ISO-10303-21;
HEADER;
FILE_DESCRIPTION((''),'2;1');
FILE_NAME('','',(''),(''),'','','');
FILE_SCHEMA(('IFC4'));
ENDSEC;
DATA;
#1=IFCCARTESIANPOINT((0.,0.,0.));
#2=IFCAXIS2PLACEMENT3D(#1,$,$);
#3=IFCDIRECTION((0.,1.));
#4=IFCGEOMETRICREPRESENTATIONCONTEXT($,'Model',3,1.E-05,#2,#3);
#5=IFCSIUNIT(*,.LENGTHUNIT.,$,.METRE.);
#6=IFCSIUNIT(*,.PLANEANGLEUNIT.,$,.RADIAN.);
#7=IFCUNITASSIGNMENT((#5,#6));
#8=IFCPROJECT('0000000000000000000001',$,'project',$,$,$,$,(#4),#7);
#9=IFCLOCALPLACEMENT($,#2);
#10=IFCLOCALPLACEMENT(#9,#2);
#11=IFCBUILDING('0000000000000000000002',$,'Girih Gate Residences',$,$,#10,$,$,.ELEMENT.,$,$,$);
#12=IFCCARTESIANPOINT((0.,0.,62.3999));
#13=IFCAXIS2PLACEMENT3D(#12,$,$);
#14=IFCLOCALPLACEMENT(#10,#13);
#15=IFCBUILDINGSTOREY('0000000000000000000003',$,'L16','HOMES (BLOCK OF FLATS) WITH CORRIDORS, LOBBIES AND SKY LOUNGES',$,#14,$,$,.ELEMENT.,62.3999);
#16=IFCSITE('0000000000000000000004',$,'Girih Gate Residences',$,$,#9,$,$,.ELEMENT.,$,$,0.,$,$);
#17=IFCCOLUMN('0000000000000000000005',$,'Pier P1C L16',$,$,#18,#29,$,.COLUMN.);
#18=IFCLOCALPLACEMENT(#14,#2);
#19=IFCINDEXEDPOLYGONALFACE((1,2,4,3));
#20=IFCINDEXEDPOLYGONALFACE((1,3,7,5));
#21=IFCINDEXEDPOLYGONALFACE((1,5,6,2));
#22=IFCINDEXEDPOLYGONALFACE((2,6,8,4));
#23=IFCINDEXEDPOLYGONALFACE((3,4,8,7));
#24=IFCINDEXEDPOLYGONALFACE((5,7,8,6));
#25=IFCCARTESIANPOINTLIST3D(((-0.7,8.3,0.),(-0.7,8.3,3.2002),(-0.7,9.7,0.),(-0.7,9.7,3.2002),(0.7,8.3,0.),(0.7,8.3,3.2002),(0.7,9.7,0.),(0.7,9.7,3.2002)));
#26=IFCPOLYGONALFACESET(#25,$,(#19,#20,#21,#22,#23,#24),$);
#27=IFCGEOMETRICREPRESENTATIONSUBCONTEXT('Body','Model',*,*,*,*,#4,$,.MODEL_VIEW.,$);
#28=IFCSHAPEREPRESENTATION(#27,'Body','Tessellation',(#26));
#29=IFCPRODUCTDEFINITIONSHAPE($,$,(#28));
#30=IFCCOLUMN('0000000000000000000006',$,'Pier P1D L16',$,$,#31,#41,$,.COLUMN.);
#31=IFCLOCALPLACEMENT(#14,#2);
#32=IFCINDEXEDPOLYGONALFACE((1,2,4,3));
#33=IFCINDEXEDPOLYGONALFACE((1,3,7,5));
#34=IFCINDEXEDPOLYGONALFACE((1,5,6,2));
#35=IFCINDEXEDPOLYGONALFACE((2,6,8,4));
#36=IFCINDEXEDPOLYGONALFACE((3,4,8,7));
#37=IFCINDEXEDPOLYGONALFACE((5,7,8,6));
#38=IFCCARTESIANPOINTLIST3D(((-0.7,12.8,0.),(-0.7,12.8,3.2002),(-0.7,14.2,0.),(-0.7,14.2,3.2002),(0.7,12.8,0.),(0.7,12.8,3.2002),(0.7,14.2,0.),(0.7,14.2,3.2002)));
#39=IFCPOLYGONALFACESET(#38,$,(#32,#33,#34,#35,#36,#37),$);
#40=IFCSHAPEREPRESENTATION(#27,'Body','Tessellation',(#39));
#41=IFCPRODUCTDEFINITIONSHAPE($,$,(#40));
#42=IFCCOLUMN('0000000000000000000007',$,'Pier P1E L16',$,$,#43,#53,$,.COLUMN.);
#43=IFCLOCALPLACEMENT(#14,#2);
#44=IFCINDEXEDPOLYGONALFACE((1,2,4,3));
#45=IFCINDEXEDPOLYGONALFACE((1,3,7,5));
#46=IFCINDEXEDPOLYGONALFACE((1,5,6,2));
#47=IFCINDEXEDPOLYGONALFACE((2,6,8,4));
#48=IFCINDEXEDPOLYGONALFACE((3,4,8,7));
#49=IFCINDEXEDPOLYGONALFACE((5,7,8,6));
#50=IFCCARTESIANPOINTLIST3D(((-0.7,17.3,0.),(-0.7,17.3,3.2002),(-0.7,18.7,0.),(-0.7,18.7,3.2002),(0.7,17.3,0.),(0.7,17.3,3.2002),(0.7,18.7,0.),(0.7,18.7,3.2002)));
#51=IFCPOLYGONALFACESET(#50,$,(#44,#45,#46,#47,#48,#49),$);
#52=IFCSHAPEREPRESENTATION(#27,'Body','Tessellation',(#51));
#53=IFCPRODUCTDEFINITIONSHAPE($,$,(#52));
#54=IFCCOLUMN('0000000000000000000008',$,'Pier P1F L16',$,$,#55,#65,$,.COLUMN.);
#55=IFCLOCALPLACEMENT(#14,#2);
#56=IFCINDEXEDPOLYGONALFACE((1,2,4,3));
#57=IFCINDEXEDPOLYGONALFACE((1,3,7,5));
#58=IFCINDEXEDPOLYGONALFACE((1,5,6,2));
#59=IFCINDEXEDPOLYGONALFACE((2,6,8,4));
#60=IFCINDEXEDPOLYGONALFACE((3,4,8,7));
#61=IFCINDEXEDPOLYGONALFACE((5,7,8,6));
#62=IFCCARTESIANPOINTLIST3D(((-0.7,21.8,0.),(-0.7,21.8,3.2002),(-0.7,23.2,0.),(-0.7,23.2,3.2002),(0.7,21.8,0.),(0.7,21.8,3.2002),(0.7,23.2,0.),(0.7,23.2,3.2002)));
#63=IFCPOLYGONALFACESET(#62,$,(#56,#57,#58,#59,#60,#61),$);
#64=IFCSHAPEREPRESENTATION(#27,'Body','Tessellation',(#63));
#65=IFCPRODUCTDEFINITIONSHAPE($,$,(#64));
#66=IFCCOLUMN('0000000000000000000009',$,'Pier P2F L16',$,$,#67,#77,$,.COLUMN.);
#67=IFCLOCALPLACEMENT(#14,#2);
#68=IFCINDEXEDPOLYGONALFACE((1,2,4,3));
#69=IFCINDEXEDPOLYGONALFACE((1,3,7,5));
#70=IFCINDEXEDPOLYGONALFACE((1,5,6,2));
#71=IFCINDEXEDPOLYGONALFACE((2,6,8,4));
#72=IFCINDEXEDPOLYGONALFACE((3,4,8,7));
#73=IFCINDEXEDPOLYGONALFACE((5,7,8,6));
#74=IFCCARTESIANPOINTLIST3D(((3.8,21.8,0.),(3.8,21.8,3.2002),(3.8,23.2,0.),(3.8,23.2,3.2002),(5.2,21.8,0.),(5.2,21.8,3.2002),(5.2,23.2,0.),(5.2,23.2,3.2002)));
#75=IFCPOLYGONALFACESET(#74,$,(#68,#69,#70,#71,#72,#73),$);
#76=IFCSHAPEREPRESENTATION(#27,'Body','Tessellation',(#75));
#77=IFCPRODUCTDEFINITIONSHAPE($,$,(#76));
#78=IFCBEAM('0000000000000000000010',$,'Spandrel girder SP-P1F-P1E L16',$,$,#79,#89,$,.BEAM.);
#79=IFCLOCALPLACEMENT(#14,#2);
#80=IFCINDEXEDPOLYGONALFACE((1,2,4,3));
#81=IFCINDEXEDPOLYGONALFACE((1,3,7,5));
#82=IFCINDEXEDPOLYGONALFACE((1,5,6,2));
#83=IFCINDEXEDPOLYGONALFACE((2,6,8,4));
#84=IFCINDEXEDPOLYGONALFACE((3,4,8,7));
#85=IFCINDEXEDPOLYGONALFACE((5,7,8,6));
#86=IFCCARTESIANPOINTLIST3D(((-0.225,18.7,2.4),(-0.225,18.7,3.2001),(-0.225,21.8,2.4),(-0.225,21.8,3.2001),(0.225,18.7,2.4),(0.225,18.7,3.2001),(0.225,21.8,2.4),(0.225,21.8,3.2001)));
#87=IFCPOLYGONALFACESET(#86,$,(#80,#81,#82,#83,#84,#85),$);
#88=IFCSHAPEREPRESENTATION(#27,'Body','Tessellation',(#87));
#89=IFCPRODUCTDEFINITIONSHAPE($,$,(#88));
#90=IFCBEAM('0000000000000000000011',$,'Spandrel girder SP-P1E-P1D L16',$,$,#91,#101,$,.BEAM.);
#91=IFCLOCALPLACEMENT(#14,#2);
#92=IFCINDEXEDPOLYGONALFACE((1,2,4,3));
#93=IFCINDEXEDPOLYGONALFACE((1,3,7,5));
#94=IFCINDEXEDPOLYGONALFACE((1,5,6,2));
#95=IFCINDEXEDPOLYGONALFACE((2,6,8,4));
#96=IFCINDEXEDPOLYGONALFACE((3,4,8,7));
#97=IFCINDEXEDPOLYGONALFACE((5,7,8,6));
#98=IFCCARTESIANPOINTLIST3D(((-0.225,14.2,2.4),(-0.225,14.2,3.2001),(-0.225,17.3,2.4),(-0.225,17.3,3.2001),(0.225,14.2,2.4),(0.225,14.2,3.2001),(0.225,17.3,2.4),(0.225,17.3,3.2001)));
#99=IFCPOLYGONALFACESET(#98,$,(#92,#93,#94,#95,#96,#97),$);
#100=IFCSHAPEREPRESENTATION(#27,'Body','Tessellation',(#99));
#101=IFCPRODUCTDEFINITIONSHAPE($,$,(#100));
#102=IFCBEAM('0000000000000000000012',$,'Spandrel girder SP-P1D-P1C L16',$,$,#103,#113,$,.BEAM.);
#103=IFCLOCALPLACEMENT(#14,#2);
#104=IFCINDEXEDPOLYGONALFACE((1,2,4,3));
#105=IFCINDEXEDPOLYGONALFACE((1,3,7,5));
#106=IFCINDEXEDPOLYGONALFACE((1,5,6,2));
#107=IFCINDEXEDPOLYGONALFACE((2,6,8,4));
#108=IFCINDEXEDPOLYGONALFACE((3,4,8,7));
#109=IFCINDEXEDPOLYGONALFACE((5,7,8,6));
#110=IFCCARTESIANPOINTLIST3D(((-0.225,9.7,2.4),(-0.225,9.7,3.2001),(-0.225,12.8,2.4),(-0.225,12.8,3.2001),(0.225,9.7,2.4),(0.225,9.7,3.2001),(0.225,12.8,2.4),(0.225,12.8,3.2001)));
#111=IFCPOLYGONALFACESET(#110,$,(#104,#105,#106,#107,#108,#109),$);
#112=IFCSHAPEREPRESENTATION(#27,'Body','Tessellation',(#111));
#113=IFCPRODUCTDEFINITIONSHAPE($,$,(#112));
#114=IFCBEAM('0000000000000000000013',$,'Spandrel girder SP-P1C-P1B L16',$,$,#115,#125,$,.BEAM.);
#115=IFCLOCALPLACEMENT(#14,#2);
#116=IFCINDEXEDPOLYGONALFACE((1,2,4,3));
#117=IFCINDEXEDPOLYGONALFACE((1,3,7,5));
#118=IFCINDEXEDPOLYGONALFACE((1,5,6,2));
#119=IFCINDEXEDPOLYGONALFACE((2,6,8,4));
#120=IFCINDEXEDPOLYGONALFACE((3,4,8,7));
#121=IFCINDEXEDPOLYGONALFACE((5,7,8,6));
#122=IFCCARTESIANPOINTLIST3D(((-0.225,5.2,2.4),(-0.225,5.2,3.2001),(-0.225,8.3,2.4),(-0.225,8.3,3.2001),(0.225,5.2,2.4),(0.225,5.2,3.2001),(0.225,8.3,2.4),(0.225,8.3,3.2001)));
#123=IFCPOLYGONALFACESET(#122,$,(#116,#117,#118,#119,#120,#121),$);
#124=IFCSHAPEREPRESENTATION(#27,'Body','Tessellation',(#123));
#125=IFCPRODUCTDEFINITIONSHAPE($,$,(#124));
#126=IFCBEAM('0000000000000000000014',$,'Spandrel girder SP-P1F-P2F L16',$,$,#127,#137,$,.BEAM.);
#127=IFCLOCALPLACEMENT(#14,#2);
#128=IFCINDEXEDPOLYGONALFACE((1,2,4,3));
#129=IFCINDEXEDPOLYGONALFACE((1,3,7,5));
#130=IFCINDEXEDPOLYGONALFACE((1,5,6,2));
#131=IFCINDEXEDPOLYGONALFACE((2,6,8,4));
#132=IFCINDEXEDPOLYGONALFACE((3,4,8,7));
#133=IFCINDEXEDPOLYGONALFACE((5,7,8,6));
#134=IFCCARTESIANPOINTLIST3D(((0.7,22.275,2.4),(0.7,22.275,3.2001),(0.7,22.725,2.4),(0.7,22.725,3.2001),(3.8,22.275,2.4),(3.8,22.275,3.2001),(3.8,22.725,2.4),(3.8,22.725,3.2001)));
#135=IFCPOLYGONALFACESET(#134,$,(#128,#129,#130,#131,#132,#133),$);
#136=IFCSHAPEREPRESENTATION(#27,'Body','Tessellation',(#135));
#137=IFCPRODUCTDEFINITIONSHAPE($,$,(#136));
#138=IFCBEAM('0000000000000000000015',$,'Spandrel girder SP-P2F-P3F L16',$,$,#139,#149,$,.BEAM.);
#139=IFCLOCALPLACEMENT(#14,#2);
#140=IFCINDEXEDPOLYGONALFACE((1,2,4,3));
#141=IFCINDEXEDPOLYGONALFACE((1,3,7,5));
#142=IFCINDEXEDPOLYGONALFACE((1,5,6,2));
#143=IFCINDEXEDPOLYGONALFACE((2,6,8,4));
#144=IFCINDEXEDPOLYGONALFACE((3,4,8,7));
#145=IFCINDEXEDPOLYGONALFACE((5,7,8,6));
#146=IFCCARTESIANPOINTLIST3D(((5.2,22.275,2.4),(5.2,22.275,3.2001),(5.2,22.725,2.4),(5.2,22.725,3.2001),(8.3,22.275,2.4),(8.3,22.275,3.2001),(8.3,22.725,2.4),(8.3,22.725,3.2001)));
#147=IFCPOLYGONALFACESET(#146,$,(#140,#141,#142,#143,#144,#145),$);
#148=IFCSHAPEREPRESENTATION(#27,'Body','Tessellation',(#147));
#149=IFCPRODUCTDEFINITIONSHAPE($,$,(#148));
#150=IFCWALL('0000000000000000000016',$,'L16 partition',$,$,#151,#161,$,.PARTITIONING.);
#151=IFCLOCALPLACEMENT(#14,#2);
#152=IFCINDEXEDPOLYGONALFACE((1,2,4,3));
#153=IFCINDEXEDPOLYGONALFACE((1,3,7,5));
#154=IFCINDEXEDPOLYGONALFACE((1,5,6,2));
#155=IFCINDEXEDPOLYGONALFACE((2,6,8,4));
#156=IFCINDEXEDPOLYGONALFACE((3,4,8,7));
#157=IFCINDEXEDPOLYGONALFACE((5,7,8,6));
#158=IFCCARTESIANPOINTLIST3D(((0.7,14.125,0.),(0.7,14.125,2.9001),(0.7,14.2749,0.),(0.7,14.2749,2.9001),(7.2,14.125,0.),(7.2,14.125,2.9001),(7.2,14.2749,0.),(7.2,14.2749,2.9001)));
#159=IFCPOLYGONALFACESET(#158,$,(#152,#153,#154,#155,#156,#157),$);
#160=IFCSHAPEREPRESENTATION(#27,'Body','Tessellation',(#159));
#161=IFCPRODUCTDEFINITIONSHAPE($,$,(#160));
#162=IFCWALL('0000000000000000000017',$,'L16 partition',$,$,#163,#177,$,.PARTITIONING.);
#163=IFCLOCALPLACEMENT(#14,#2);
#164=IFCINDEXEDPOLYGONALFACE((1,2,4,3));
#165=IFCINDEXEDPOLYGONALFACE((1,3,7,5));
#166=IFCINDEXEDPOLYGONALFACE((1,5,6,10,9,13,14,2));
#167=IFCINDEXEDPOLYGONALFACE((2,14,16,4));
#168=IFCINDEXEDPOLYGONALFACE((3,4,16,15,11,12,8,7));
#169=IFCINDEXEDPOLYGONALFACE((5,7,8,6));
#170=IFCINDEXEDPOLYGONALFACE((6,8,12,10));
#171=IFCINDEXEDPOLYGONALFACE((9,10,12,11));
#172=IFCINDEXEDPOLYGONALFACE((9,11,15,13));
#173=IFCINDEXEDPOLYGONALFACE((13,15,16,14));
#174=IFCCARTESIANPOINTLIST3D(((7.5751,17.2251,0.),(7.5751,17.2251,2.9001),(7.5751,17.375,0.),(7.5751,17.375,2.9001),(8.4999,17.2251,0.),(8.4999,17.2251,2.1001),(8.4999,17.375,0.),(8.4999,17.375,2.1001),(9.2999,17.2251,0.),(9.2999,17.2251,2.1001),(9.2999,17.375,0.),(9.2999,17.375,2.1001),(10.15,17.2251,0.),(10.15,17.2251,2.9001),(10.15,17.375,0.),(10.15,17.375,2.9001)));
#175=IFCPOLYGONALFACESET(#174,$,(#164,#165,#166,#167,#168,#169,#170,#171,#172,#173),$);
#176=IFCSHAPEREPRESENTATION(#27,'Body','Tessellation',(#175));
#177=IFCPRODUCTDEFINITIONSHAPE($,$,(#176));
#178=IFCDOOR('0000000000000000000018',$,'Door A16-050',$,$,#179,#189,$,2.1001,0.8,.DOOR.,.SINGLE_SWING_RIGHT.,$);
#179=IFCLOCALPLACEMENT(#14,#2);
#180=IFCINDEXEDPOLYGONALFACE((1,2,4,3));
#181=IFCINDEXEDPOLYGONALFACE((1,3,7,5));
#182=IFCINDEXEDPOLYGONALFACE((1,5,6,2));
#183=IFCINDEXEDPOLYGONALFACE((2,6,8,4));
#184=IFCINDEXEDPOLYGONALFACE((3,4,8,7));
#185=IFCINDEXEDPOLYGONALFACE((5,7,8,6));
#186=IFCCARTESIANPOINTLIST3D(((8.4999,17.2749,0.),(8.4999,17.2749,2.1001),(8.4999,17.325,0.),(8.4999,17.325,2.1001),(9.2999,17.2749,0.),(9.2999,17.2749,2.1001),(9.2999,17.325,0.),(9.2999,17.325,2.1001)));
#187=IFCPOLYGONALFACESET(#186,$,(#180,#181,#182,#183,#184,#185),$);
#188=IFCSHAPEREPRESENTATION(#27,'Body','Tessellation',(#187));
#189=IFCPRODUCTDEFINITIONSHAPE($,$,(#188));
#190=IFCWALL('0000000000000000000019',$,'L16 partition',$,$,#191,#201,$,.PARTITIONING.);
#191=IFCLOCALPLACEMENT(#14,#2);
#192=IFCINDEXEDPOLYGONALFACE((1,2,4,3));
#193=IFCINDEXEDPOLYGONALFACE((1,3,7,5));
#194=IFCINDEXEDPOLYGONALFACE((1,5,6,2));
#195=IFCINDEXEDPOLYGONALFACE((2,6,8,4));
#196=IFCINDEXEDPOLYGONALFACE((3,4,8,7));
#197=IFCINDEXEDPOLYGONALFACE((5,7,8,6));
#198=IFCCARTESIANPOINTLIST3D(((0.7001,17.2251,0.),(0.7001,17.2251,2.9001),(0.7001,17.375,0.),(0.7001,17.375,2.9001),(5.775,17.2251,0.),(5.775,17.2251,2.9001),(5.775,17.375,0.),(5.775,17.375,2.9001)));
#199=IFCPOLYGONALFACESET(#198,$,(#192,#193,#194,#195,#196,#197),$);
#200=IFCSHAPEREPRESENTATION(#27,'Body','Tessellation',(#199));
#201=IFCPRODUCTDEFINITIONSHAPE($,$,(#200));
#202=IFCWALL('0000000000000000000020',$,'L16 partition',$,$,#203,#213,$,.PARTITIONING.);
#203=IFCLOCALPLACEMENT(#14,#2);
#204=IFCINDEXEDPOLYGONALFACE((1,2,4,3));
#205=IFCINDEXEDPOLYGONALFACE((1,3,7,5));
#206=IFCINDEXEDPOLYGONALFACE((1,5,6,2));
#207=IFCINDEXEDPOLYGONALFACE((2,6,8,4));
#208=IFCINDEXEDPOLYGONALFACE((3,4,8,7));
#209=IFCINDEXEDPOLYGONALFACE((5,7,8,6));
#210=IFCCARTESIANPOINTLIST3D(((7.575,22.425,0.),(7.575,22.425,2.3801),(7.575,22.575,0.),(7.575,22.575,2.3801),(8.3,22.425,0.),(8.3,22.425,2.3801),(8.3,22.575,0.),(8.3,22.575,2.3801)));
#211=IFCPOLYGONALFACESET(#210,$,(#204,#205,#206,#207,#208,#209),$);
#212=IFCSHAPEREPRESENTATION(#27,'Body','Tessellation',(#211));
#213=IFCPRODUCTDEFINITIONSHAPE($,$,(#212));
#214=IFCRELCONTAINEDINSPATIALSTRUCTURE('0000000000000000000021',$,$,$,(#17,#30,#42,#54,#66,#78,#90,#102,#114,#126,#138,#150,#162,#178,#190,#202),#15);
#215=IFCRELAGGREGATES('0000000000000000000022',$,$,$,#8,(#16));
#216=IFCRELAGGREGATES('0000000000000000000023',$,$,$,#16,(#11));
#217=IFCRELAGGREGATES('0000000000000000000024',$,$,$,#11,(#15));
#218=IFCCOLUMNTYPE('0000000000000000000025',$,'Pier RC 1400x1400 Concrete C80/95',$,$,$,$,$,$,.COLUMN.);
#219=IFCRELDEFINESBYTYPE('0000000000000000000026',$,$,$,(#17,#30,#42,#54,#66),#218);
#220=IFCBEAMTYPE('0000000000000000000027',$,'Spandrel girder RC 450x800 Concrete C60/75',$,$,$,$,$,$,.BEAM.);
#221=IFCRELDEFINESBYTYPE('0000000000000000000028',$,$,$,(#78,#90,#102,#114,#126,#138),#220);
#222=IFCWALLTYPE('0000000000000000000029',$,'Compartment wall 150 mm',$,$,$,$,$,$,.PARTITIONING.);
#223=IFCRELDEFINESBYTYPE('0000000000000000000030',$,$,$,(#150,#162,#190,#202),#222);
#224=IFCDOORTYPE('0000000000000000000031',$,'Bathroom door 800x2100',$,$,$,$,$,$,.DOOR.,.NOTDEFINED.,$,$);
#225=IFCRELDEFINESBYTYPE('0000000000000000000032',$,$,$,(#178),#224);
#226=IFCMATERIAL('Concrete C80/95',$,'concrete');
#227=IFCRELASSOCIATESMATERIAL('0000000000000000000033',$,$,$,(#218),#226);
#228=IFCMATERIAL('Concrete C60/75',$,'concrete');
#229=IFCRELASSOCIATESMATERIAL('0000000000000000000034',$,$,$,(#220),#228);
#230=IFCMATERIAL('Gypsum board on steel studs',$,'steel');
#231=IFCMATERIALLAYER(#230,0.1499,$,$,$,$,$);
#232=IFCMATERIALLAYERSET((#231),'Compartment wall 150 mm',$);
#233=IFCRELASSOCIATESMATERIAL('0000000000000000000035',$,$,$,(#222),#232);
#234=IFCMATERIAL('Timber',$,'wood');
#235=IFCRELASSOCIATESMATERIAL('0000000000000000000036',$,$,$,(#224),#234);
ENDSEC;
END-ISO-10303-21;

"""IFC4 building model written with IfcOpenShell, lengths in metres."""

from ifc_helpers import new_model, si_unit, direction, frame, frame_2d, origin, origin_2d, place, context, subcontext, project, spatial, rectangle, extrude, material, layer, layer_set, material_profile, profile_set, type_object, element, fill, save


model = new_model("IFC4")

# Units and contexts
model_context = context("Model", 3, precision=1e-05, world=origin(), true_north=direction((0.0, 1.0)))
body_context = subcontext(model_context, "Body", "Model", "MODEL_VIEW")
ifc_project = project(units=[si_unit("LENGTHUNIT", "METRE"), si_unit("PLANEANGLEUNIT", "RADIAN")], contexts=[model_context])

# Site, building, storey
site_placement = place(None, origin())
site = spatial("IfcSite", under=ifc_project, at=site_placement, Name="Girih Gate Residences", CompositionType="ELEMENT", RefElevation=0.0)
building_placement = place(site_placement, origin())
building = spatial("IfcBuilding", under=site, at=building_placement, Name="Girih Gate Residences", CompositionType="ELEMENT")
storey_placement = place(building_placement, frame((0.0, 0.0, 62.3999)))
storey = spatial("IfcBuildingStorey", under=building, at=storey_placement, Name="L16", Description="HOMES (BLOCK OF FLATS) WITH CORRIDORS, LOBBIES AND SKY LOUNGES", CompositionType="ELEMENT", Elevation=62.3999)

# Columns
ifc_material_1 = material(Name="Concrete C80/95", Category="concrete")
ifc_material_profile_1 = material_profile(ifc_material_1, rectangle(XDim=1.3999, YDim=1.3999, at=origin_2d()))
ifc_profile_set_1 = profile_set([ifc_material_profile_1], Name="Concrete C80/95")
column_type = type_object("IfcColumnType", Name="Pier RC 1400x1400 Concrete C80/95", PredefinedType="COLUMN", material=ifc_profile_set_1)
for number, where, z_axis, x_axis, name in (
    (1, (0.0, 9.0, 0.0), (0.0, 0.0, 1.0), (1.0, 0.0, 0.0), "Pier P1C L16"),
    (2, (0.0, 13.5, 0.0), (0.0, 0.0, 1.0), (1.0, 0.0, 0.0), "Pier P1D L16"),
    (3, (0.0, 18.0, 0.0), (0.0, 0.0, 1.0), (1.0, 0.0, 0.0), "Pier P1E L16"),
    (4, (0.0, 22.5, 0.0), (0.0, 0.0, 1.0), (1.0, 0.0, 0.0), "Pier P1F L16"),
    (5, (4.5, 22.5, 0.0), (0.0, 0.0, 1.0), (1.0, 0.0, 0.0), "Pier P2F L16"),
):
    element("IfcColumn", number, at=place(storey_placement, frame(where, z_axis=z_axis, x_axis=x_axis)), inside=storey, type_object=column_type, Name=name, PredefinedType="COLUMN", context=body_context, shape_type="SweptSolid", body=[
        extrude(rectangle(XDim=1.3999, YDim=1.3999, at=origin_2d()), origin(), (0.0, 0.0, 1.0), 3.2002),
    ])

# Beams
ifc_material_2 = material(Name="Concrete C60/75", Category="concrete")
ifc_material_profile_2 = material_profile(ifc_material_2, rectangle(XDim=0.45, YDim=0.8, at=origin_2d()))
ifc_profile_set_2 = profile_set([ifc_material_profile_2], Name="Concrete C60/75")
beam_type = type_object("IfcBeamType", Name="Spandrel girder RC 450x800 Concrete C60/75", PredefinedType="BEAM", material=ifc_profile_set_2)
for number, where, z_axis, x_axis, name in (
    (6, (0.0, 21.8, 2.8), (0.0, -1.0, 0.0), (1.0, 0.0, 0.0), "Spandrel girder SP-P1F-P1E L16"),
    (7, (0.0, 17.3, 2.8), (0.0, -1.0, 0.0), (1.0, 0.0, 0.0), "Spandrel girder SP-P1E-P1D L16"),
    (8, (0.0, 12.8, 2.8), (0.0, -1.0, 0.0), (1.0, 0.0, 0.0), "Spandrel girder SP-P1D-P1C L16"),
    (9, (0.0, 8.3, 2.8), (0.0, -1.0, 0.0), (1.0, 0.0, 0.0), "Spandrel girder SP-P1C-P1B L16"),
    (10, (0.7, 22.5, 2.8), (1.0, 0.0, 0.0), (0.0, 1.0, 0.0), "Spandrel girder SP-P1F-P2F L16"),
    (11, (5.2, 22.5, 2.8), (1.0, 0.0, 0.0), (0.0, 1.0, 0.0), "Spandrel girder SP-P2F-P3F L16"),
):
    element("IfcBeam", number, at=place(storey_placement, frame(where, z_axis=z_axis, x_axis=x_axis)), inside=storey, type_object=beam_type, Name=name, PredefinedType="BEAM", context=body_context, shape_type="SweptSolid", body=[
        extrude(rectangle(XDim=0.45, YDim=0.8, at=origin_2d()), origin(), (0.0, 0.0, 1.0), 3.1001),
    ])

# Wall
ifc_material_3 = material(Name="Gypsum board on steel studs", Category="steel")
ifc_layer_1 = layer(ifc_material_3, 0.1499)
ifc_layer_set_1 = layer_set([ifc_layer_1], Name="Compartment wall 150 mm")
wall_type_1 = type_object("IfcWallType", Name="Compartment wall 150 mm", PredefinedType="PARTITIONING", material=ifc_layer_set_1)
wall_1_placement = place(storey_placement, frame((0.7, 14.2, 0.0), z_axis=(0.0, 0.0, 1.0), x_axis=(1.0, 0.0, 0.0)))
element("IfcWall", 12, at=wall_1_placement, inside=storey, type_object=wall_type_1, Name="L16 partition", PredefinedType="PARTITIONING", context=body_context, shape_type="SweptSolid", body=[
    extrude(rectangle(XDim=6.5, YDim=0.1499, at=frame_2d((3.25, 0.0))), origin(), (0.0, 0.0, 1.0), 2.9001),
])

# Wall, opening, door
wall_2_placement = place(storey_placement, frame((7.575, 17.3, 0.0), z_axis=(0.0, 0.0, 1.0), x_axis=(1.0, 0.0, 0.0)))
wall_2 = element("IfcWall", 13, at=wall_2_placement, inside=storey, type_object=wall_type_1, Name="L16 partition", PredefinedType="PARTITIONING", context=body_context, shape_type="SweptSolid", body=[
    extrude(rectangle(XDim=2.575, YDim=0.1499, at=frame_2d((1.2876, 0.0))), origin(), (0.0, 0.0, 1.0), 2.9001),
])
opening_1_placement = place(wall_2_placement, frame((0.925, 0.0, 0.0)))
opening_1 = element("IfcOpeningElement", 14, at=opening_1_placement, cuts=wall_2, PredefinedType="OPENING", context=body_context, shape_type="SweptSolid", body=[
    extrude(rectangle(XDim=0.8, YDim=2.1001, at=frame_2d((0.3999, 1.05))), frame((0.0, 0.085, 0.0), z_axis=(0.0, -1.0, 0.0), x_axis=(1.0, 0.0, 0.0)), (0.0, 0.0, 1.0), 0.1699),
])
ifc_material_4 = material(Name="Timber", Category="wood")
door_type_1 = type_object("IfcDoorType", Name="Bathroom door 800x2100", OperationType="NOTDEFINED", PredefinedType="DOOR", material=ifc_material_4)
door_1_placement = place(opening_1_placement, origin())
door_1 = element("IfcDoor", 15, at=door_1_placement, inside=storey, type_object=door_type_1, Name="Door A16-050", OperationType="SINGLE_SWING_RIGHT", OverallHeight=2.1001, OverallWidth=0.8, PredefinedType="DOOR", context=body_context, shape_type="SweptSolid", body=[
    extrude(rectangle(XDim=0.8, YDim=2.1001, at=frame_2d((0.3999, 1.05))), frame((0.0, 0.0249, 0.0), z_axis=(0.0, -1.0, 0.0), x_axis=(1.0, 0.0, 0.0)), (0.0, 0.0, 1.0), 0.05),
])
fill(opening_1, door_1)

# Walls
wall_3_placement = place(storey_placement, frame((0.7, 17.3, 0.0), z_axis=(0.0, 0.0, 1.0), x_axis=(1.0, 0.0, 0.0)))
element("IfcWall", 16, at=wall_3_placement, inside=storey, type_object=wall_type_1, Name="L16 partition", PredefinedType="PARTITIONING", context=body_context, shape_type="SweptSolid", body=[
    extrude(rectangle(XDim=5.075, YDim=0.1499, at=frame_2d((2.5376, 0.0))), origin(), (0.0, 0.0, 1.0), 2.9001),
])
wall_4_placement = place(storey_placement, frame((7.575, 22.5, 0.0), z_axis=(0.0, 0.0, 1.0), x_axis=(1.0, 0.0, 0.0)))
element("IfcWall", 17, at=wall_4_placement, inside=storey, type_object=wall_type_1, Name="L16 partition", PredefinedType="PARTITIONING", context=body_context, shape_type="SweptSolid", body=[
    extrude(rectangle(XDim=0.7251, YDim=0.1499, at=frame_2d((0.3625, 0.0))), origin(), (0.0, 0.0, 1.0), 2.3801),
])

save(model, "model.ifc")
